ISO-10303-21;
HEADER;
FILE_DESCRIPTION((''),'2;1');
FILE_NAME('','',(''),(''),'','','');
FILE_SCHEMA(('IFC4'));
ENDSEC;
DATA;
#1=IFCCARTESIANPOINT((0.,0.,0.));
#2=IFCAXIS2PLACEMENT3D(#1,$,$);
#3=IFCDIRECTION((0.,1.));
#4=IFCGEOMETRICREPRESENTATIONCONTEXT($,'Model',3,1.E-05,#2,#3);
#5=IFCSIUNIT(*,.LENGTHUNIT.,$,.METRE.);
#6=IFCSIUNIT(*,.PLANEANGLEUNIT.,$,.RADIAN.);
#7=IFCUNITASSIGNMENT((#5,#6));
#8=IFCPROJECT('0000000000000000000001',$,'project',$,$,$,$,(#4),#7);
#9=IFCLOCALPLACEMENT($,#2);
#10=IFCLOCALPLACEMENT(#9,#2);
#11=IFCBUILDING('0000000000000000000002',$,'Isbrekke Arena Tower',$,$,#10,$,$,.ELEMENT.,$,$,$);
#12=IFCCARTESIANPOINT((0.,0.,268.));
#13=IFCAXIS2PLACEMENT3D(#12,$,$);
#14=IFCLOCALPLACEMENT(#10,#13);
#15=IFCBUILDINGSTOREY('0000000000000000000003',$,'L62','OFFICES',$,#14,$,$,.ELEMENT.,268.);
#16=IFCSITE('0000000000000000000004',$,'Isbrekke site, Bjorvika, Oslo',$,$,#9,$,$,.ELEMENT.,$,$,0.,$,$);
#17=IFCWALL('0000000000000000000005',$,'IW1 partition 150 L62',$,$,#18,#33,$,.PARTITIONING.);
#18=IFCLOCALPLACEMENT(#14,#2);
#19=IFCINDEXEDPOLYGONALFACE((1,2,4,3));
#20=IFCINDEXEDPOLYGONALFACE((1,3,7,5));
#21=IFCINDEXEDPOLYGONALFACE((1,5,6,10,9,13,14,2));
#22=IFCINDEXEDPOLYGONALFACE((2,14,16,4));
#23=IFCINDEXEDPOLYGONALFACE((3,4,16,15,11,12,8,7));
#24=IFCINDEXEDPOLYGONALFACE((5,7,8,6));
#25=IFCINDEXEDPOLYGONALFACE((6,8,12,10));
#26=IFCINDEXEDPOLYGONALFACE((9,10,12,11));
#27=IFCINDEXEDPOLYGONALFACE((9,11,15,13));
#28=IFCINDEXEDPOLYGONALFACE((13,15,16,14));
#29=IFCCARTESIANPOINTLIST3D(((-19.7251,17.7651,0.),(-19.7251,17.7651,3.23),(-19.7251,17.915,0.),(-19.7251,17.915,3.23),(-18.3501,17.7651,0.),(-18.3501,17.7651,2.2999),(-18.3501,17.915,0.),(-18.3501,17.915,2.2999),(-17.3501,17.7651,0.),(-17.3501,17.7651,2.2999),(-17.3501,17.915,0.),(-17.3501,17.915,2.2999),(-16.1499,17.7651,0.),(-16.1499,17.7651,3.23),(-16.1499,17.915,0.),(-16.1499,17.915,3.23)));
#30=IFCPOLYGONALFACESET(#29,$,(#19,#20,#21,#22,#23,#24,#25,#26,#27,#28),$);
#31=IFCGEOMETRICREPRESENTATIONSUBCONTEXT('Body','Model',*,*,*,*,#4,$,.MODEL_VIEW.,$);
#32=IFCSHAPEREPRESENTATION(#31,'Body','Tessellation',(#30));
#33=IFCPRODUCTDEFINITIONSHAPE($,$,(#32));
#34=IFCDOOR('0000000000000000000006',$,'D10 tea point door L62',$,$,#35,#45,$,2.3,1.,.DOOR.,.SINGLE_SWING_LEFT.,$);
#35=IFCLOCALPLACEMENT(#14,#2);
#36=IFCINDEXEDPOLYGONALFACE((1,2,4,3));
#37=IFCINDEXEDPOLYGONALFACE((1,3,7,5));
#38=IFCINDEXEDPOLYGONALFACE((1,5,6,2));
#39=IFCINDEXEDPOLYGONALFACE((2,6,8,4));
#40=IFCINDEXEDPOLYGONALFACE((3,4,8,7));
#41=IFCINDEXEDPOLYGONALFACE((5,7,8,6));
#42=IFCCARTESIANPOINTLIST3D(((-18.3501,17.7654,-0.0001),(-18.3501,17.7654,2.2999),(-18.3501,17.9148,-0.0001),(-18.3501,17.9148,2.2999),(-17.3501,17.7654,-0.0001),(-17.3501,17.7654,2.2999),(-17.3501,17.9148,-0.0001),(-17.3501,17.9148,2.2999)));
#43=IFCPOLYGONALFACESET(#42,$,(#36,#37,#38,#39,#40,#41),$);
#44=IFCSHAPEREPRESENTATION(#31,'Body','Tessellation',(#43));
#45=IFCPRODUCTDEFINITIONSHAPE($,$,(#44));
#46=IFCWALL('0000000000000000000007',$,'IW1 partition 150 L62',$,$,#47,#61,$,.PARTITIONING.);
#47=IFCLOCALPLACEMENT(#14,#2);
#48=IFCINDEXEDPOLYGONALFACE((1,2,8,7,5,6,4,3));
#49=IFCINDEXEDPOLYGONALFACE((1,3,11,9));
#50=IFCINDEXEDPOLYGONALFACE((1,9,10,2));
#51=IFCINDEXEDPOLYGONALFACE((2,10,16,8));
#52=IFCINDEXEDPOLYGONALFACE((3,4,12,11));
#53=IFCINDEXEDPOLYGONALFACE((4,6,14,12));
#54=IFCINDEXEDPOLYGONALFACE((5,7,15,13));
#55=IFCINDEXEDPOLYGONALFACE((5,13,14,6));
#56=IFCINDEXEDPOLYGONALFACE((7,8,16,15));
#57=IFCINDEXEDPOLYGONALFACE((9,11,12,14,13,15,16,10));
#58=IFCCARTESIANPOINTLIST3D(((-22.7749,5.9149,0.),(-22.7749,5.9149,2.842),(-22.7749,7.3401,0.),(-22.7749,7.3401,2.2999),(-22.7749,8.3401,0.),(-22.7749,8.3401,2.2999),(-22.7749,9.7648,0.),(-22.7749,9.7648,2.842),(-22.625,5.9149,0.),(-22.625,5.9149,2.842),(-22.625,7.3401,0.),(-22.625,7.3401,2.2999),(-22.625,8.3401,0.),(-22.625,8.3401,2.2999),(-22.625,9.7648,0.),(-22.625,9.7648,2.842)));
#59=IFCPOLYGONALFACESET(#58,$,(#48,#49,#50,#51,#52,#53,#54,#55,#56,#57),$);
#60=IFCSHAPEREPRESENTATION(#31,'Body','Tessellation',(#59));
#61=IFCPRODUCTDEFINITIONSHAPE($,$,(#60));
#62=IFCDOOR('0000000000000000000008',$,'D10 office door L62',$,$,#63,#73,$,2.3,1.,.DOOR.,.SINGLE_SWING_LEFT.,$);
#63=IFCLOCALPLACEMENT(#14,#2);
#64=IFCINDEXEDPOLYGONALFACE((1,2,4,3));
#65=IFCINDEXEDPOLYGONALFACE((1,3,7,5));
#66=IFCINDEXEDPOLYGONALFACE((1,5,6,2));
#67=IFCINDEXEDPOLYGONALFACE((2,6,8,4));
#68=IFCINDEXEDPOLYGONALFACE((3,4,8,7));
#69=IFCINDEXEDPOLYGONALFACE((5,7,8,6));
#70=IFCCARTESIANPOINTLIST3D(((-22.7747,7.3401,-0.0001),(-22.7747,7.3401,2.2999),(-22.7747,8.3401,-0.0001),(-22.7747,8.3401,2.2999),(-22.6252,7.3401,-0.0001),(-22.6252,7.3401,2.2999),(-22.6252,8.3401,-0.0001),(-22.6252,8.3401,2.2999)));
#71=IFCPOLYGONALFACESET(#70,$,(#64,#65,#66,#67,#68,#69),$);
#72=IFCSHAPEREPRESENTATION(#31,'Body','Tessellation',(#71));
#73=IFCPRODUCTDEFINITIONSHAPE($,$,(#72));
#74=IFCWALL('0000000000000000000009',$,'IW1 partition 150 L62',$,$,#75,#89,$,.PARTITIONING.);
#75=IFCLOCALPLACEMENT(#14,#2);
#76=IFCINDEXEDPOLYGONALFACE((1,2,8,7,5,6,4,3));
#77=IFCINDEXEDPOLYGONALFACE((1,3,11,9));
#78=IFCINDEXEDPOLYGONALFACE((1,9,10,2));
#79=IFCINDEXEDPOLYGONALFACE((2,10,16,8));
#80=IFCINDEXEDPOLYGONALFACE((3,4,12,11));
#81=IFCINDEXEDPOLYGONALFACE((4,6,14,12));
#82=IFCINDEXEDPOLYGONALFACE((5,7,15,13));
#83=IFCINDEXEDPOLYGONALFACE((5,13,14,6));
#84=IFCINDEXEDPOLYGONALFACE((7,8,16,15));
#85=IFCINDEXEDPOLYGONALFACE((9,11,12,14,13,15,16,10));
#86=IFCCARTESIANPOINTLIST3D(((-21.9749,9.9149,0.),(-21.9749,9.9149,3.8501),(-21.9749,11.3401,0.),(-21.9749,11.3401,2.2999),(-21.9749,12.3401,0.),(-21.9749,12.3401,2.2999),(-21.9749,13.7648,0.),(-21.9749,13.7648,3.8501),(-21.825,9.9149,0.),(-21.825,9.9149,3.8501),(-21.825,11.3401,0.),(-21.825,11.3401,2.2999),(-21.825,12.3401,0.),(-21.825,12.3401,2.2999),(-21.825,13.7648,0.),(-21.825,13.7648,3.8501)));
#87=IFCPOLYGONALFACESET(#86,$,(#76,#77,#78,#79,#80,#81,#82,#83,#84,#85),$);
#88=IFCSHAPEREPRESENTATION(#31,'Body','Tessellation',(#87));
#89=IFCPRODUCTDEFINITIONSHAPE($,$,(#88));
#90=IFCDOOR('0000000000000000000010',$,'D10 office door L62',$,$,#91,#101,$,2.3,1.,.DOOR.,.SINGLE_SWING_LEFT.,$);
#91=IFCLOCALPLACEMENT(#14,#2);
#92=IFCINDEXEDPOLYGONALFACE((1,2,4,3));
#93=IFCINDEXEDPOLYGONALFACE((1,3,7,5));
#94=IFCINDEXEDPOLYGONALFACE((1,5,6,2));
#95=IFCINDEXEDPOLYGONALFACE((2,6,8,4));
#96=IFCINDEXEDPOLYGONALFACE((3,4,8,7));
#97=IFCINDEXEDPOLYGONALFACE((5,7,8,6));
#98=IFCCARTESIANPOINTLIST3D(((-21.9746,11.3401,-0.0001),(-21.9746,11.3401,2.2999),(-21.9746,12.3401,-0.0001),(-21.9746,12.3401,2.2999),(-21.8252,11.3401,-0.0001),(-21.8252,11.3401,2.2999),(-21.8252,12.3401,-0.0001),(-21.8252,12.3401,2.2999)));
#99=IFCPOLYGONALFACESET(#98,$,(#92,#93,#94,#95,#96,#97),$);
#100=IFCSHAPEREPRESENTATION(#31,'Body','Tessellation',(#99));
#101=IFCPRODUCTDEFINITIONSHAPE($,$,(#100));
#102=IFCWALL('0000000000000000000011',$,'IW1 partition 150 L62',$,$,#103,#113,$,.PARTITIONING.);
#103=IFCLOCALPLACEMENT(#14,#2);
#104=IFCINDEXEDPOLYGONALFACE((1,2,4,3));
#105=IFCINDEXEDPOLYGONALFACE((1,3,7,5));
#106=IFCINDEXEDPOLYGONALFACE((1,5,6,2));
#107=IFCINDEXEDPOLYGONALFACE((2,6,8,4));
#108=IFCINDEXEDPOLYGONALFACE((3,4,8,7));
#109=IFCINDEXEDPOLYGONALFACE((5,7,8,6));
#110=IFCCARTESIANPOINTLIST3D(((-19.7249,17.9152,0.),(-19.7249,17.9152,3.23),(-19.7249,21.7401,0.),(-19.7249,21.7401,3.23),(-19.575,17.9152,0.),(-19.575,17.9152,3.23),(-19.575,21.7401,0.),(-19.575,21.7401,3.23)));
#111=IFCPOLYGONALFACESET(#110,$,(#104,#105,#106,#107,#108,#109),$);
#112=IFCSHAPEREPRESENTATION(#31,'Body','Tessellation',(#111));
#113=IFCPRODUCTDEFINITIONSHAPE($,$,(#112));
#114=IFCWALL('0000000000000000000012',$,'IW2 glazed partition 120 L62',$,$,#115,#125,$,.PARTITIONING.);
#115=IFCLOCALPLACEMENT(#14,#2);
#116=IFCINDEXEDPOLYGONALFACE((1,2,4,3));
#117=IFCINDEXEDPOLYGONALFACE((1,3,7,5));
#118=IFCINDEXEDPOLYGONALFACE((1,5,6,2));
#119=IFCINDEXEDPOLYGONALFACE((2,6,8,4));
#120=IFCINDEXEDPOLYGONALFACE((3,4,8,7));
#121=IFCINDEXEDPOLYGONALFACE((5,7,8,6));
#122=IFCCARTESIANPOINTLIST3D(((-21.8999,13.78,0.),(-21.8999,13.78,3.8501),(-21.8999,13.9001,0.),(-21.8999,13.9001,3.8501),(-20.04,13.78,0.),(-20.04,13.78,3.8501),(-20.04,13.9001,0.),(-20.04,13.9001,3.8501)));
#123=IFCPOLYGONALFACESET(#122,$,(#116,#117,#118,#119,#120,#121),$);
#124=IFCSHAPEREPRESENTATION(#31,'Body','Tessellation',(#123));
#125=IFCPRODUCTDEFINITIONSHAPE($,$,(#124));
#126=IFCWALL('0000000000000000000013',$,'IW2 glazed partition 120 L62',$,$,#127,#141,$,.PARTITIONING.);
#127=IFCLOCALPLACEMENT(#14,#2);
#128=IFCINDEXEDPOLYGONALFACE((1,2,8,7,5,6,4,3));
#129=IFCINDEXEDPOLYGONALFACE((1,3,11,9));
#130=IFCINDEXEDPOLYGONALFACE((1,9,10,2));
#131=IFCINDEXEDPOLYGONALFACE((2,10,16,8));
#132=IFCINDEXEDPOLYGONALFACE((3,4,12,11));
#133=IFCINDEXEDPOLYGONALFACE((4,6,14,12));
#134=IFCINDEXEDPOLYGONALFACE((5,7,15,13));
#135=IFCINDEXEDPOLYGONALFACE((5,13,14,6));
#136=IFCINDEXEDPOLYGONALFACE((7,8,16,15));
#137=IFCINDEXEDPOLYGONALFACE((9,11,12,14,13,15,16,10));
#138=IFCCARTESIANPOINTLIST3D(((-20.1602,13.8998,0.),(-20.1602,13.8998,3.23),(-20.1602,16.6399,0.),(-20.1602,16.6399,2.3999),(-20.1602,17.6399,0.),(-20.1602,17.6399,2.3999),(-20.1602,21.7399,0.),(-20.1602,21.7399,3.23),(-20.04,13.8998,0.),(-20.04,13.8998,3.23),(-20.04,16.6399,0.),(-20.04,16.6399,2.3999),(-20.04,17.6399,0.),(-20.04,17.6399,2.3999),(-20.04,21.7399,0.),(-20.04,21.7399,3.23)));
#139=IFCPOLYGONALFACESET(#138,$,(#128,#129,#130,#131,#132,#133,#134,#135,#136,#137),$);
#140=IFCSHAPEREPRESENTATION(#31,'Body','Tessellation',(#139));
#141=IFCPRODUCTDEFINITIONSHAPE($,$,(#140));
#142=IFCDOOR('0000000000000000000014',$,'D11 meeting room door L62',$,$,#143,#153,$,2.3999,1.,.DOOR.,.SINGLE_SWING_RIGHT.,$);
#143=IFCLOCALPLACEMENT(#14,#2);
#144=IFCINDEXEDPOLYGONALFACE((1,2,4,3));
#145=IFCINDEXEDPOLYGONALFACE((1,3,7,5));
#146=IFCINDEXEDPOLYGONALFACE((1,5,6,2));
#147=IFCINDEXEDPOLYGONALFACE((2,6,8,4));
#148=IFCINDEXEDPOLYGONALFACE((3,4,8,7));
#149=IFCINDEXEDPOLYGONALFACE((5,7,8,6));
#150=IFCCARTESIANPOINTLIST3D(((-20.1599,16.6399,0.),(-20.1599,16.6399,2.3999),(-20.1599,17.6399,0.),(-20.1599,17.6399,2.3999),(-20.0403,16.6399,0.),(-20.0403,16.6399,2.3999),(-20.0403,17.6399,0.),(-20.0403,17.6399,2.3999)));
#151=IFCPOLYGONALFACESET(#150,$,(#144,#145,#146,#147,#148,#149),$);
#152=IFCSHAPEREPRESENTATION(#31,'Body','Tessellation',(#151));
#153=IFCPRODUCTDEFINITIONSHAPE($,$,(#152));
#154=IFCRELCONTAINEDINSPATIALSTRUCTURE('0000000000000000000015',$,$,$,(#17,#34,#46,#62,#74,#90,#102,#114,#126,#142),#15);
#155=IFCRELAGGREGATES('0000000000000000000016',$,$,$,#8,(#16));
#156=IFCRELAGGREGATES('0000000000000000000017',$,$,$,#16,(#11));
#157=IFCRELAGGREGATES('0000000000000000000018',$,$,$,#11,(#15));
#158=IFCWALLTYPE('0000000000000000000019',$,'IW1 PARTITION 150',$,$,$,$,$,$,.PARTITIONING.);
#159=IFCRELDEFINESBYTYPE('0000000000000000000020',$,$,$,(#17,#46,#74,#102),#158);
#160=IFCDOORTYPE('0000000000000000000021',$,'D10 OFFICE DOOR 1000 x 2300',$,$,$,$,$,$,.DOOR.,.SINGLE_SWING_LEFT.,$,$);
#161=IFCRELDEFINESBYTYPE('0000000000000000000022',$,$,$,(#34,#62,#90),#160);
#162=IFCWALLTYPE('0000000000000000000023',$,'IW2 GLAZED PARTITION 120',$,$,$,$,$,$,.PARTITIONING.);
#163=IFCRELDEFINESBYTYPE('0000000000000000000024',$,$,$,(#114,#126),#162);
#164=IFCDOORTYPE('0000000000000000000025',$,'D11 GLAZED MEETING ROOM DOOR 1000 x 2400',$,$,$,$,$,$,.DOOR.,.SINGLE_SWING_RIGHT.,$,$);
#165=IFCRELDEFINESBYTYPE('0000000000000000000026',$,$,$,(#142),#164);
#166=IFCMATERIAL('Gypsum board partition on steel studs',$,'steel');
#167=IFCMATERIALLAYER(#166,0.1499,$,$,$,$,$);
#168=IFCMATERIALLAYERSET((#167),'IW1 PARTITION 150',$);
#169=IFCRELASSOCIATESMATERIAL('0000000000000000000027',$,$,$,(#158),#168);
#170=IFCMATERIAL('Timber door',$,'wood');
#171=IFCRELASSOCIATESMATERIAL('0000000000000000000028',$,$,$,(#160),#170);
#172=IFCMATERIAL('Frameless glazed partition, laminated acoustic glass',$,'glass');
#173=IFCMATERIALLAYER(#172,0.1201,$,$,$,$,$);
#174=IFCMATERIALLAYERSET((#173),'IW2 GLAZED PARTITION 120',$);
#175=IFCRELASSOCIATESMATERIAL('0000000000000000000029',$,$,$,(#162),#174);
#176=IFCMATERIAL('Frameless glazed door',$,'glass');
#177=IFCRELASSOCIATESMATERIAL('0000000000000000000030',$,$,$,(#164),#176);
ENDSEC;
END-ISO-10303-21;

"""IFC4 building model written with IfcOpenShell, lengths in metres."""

from ifc_helpers import new_model, si_unit, direction, frame, frame_2d, origin, place, context, subcontext, project, spatial, rectangle, extrude, material, layer, layer_set, type_object, element, fill, save


model = new_model("IFC4")

# Units and contexts
model_context = context("Model", 3, precision=1e-05, world=origin(), true_north=direction((0.0, 1.0)))
body_context = subcontext(model_context, "Body", "Model", "MODEL_VIEW")
ifc_project = project(units=[si_unit("LENGTHUNIT", "METRE"), si_unit("PLANEANGLEUNIT", "RADIAN")], contexts=[model_context])

# Site, building, storey
site_placement = place(None, origin())
site = spatial("IfcSite", under=ifc_project, at=site_placement, Name="Isbrekke site, Bjorvika, Oslo", CompositionType="ELEMENT", RefElevation=0.0)
building_placement = place(site_placement, origin())
building = spatial("IfcBuilding", under=site, at=building_placement, Name="Isbrekke Arena Tower", CompositionType="ELEMENT")
storey_placement = place(building_placement, frame((0.0, 0.0, 268.0)))
storey = spatial("IfcBuildingStorey", under=building, at=storey_placement, Name="L62", Description="OFFICES", CompositionType="ELEMENT", Elevation=268.0)

# Shared definitions
ifc_material_1 = material(Name="Gypsum board partition on steel studs", Category="steel")
ifc_layer_1 = layer(ifc_material_1, 0.1499)
ifc_layer_set_1 = layer_set([ifc_layer_1], Name="IW1 PARTITION 150")
wall_type_1 = type_object("IfcWallType", Name="IW1 PARTITION 150", PredefinedType="PARTITIONING", material=ifc_layer_set_1)

# Walls, openings, doors
wall_1_placement = place(storey_placement, frame((-19.7251, 17.8401, 0.0), z_axis=(0.0, 0.0, 1.0), x_axis=(1.0, 0.0, 0.0)))
wall_1 = element("IfcWall", 1, at=wall_1_placement, inside=storey, type_object=wall_type_1, Name="IW1 partition 150 L62", PredefinedType="PARTITIONING", context=body_context, shape_type="SweptSolid", body=[
    extrude(rectangle(XDim=3.5752, YDim=0.1499, at=frame_2d((1.7876, 0.0))), origin(), (0.0, 0.0, 1.0), 3.23),
])
opening_1_placement = place(wall_1_placement, frame((1.375, 0.0, 0.0)))
opening_1 = element("IfcOpeningElement", 2, at=opening_1_placement, cuts=wall_1, PredefinedType="OPENING", context=body_context, shape_type="SweptSolid", body=[
    extrude(rectangle(XDim=1.0, YDim=2.3, at=frame_2d((0.5, 1.1499))), frame((0.0, 0.0898, 0.0), z_axis=(0.0, -1.0, 0.0), x_axis=(1.0, 0.0, 0.0)), (0.0, 0.0, 1.0), 0.1797),
])
ifc_material_2 = material(Name="Timber door", Category="wood")
door_type_1 = type_object("IfcDoorType", Name="D10 OFFICE DOOR 1000 x 2300", OperationType="SINGLE_SWING_LEFT", PredefinedType="DOOR", material=ifc_material_2)
door_1_placement = place(opening_1_placement, origin())
door_1 = element("IfcDoor", 3, at=door_1_placement, inside=storey, type_object=door_type_1, Name="D10 tea point door L62", OperationType="SINGLE_SWING_LEFT", OverallHeight=2.3, OverallWidth=1.0, PredefinedType="DOOR", context=body_context, shape_type="SweptSolid", body=[
    extrude(rectangle(XDim=1.0, YDim=2.3, at=frame_2d((0.5, 1.1499))), frame((0.0, 0.0747, 0.0), z_axis=(0.0, -1.0, 0.0), x_axis=(1.0, 0.0, 0.0)), (0.0, 0.0, 1.0), 0.1494),
])
fill(opening_1, door_1)
wall_2_placement = place(storey_placement, frame((-22.7, 5.915, 0.0), z_axis=(0.0, 0.0, 1.0), x_axis=(0.0, 1.0, 0.0)))
wall_2 = element("IfcWall", 4, at=wall_2_placement, inside=storey, type_object=wall_type_1, Name="IW1 partition 150 L62", PredefinedType="PARTITIONING", context=body_context, shape_type="SweptSolid", body=[
    extrude(rectangle(XDim=3.8499, YDim=0.1499, at=frame_2d((1.9248, 0.0))), origin(), (0.0, 0.0, 1.0), 2.842),
])
opening_2_placement = place(wall_2_placement, frame((1.425, 0.0, 0.0)))
opening_2 = element("IfcOpeningElement", 5, at=opening_2_placement, cuts=wall_2, PredefinedType="OPENING", context=body_context, shape_type="SweptSolid", body=[
    extrude(rectangle(XDim=1.0, YDim=2.3, at=frame_2d((0.5, 1.1499))), frame((0.0, 0.0898, 0.0), z_axis=(0.0, -1.0, 0.0), x_axis=(1.0, 0.0, 0.0)), (0.0, 0.0, 1.0), 0.1797),
])
door_2_placement = place(opening_2_placement, origin())
door_2 = element("IfcDoor", 6, at=door_2_placement, inside=storey, type_object=door_type_1, Name="D10 office door L62", OperationType="SINGLE_SWING_LEFT", OverallHeight=2.3, OverallWidth=1.0, PredefinedType="DOOR", context=body_context, shape_type="SweptSolid", body=[
    extrude(rectangle(XDim=1.0, YDim=2.3, at=frame_2d((0.5, 1.1499))), frame((0.0, 0.0747, 0.0), z_axis=(0.0, -1.0, 0.0), x_axis=(1.0, 0.0, 0.0)), (0.0, 0.0, 1.0), 0.1494),
])
fill(opening_2, door_2)
wall_3_placement = place(storey_placement, frame((-21.8999, 9.915, 0.0), z_axis=(0.0, 0.0, 1.0), x_axis=(0.0, 1.0, 0.0)))
wall_3 = element("IfcWall", 7, at=wall_3_placement, inside=storey, type_object=wall_type_1, Name="IW1 partition 150 L62", PredefinedType="PARTITIONING", context=body_context, shape_type="SweptSolid", body=[
    extrude(rectangle(XDim=3.8499, YDim=0.1499, at=frame_2d((1.9248, 0.0))), origin(), (0.0, 0.0, 1.0), 3.8501),
])
opening_3_placement = place(wall_3_placement, frame((1.425, 0.0, 0.0)))
opening_3 = element("IfcOpeningElement", 8, at=opening_3_placement, cuts=wall_3, PredefinedType="OPENING", context=body_context, shape_type="SweptSolid", body=[
    extrude(rectangle(XDim=1.0, YDim=2.3, at=frame_2d((0.5, 1.1499))), frame((0.0, 0.0898, 0.0), z_axis=(0.0, -1.0, 0.0), x_axis=(1.0, 0.0, 0.0)), (0.0, 0.0, 1.0), 0.1797),
])
door_3_placement = place(opening_3_placement, origin())
door_3 = element("IfcDoor", 9, at=door_3_placement, inside=storey, type_object=door_type_1, Name="D10 office door L62", OperationType="SINGLE_SWING_LEFT", OverallHeight=2.3, OverallWidth=1.0, PredefinedType="DOOR", context=body_context, shape_type="SweptSolid", body=[
    extrude(rectangle(XDim=1.0, YDim=2.3, at=frame_2d((0.5, 1.1499))), frame((0.0, 0.0747, 0.0), z_axis=(0.0, -1.0, 0.0), x_axis=(1.0, 0.0, 0.0)), (0.0, 0.0, 1.0), 0.1494),
])
fill(opening_3, door_3)

# Walls
wall_4_placement = place(storey_placement, frame((-19.6499, 17.915, 0.0), z_axis=(0.0, 0.0, 1.0), x_axis=(0.0, 1.0, 0.0)))
element("IfcWall", 10, at=wall_4_placement, inside=storey, type_object=wall_type_1, Name="IW1 partition 150 L62", PredefinedType="PARTITIONING", context=body_context, shape_type="SweptSolid", body=[
    extrude(rectangle(XDim=3.825, YDim=0.1499, at=frame_2d((1.9126, 0.0))), origin(), (0.0, 0.0, 1.0), 3.23),
])
ifc_material_3 = material(Name="Frameless glazed partition, laminated acoustic glass", Category="glass")
ifc_layer_2 = layer(ifc_material_3, 0.1201)
ifc_layer_set_2 = layer_set([ifc_layer_2], Name="IW2 GLAZED PARTITION 120")
wall_type_2 = type_object("IfcWallType", Name="IW2 GLAZED PARTITION 120", PredefinedType="PARTITIONING", material=ifc_layer_set_2)
wall_5_placement = place(storey_placement, frame((-21.8999, 13.8401, 0.0), z_axis=(0.0, 0.0, 1.0), x_axis=(1.0, 0.0, 0.0)))
element("IfcWall", 11, at=wall_5_placement, inside=storey, type_object=wall_type_2, Name="IW2 glazed partition 120 L62", PredefinedType="PARTITIONING", context=body_context, shape_type="SweptSolid", body=[
    extrude(rectangle(XDim=1.8599, YDim=0.1201, at=frame_2d((0.9299, 0.0))), origin(), (0.0, 0.0, 1.0), 3.8501),
])

# Wall, opening, door
wall_6_placement = place(storey_placement, frame((-20.1001, 13.8999, 0.0), z_axis=(0.0, 0.0, 1.0), x_axis=(0.0, 1.0, 0.0)))
wall_6 = element("IfcWall", 12, at=wall_6_placement, inside=storey, type_object=wall_type_2, Name="IW2 glazed partition 120 L62", PredefinedType="PARTITIONING", context=body_context, shape_type="SweptSolid", body=[
    extrude(rectangle(XDim=7.8401, YDim=0.1201, at=frame_2d((3.9199, 0.0))), origin(), (0.0, 0.0, 1.0), 3.23),
])
opening_4_placement = place(wall_6_placement, frame((2.74, 0.0, 0.0)))
opening_4 = element("IfcOpeningElement", 13, at=opening_4_placement, cuts=wall_6, PredefinedType="OPENING", context=body_context, shape_type="SweptSolid", body=[
    extrude(rectangle(XDim=1.0, YDim=2.3999, at=frame_2d((0.5, 1.2))), frame((0.0, 0.075, 0.0), z_axis=(0.0, -1.0, 0.0), x_axis=(1.0, 0.0, 0.0)), (0.0, 0.0, 1.0), 0.1499),
])
ifc_material_4 = material(Name="Frameless glazed door", Category="glass")
door_type_2 = type_object("IfcDoorType", Name="D11 GLAZED MEETING ROOM DOOR 1000 x 2400", OperationType="SINGLE_SWING_RIGHT", PredefinedType="DOOR", material=ifc_material_4)
door_4_placement = place(opening_4_placement, origin())
door_4 = element("IfcDoor", 14, at=door_4_placement, inside=storey, type_object=door_type_2, Name="D11 meeting room door L62", OperationType="SINGLE_SWING_RIGHT", OverallHeight=2.3999, OverallWidth=1.0, PredefinedType="DOOR", context=body_context, shape_type="SweptSolid", body=[
    extrude(rectangle(XDim=1.0, YDim=2.3999, at=frame_2d((0.5, 1.2))), frame((0.0, 0.0598, 0.0), z_axis=(0.0, -1.0, 0.0), x_axis=(1.0, 0.0, 0.0)), (0.0, 0.0, 1.0), 0.1196),
])
fill(opening_4, door_4)

save(model, "model.ifc")
